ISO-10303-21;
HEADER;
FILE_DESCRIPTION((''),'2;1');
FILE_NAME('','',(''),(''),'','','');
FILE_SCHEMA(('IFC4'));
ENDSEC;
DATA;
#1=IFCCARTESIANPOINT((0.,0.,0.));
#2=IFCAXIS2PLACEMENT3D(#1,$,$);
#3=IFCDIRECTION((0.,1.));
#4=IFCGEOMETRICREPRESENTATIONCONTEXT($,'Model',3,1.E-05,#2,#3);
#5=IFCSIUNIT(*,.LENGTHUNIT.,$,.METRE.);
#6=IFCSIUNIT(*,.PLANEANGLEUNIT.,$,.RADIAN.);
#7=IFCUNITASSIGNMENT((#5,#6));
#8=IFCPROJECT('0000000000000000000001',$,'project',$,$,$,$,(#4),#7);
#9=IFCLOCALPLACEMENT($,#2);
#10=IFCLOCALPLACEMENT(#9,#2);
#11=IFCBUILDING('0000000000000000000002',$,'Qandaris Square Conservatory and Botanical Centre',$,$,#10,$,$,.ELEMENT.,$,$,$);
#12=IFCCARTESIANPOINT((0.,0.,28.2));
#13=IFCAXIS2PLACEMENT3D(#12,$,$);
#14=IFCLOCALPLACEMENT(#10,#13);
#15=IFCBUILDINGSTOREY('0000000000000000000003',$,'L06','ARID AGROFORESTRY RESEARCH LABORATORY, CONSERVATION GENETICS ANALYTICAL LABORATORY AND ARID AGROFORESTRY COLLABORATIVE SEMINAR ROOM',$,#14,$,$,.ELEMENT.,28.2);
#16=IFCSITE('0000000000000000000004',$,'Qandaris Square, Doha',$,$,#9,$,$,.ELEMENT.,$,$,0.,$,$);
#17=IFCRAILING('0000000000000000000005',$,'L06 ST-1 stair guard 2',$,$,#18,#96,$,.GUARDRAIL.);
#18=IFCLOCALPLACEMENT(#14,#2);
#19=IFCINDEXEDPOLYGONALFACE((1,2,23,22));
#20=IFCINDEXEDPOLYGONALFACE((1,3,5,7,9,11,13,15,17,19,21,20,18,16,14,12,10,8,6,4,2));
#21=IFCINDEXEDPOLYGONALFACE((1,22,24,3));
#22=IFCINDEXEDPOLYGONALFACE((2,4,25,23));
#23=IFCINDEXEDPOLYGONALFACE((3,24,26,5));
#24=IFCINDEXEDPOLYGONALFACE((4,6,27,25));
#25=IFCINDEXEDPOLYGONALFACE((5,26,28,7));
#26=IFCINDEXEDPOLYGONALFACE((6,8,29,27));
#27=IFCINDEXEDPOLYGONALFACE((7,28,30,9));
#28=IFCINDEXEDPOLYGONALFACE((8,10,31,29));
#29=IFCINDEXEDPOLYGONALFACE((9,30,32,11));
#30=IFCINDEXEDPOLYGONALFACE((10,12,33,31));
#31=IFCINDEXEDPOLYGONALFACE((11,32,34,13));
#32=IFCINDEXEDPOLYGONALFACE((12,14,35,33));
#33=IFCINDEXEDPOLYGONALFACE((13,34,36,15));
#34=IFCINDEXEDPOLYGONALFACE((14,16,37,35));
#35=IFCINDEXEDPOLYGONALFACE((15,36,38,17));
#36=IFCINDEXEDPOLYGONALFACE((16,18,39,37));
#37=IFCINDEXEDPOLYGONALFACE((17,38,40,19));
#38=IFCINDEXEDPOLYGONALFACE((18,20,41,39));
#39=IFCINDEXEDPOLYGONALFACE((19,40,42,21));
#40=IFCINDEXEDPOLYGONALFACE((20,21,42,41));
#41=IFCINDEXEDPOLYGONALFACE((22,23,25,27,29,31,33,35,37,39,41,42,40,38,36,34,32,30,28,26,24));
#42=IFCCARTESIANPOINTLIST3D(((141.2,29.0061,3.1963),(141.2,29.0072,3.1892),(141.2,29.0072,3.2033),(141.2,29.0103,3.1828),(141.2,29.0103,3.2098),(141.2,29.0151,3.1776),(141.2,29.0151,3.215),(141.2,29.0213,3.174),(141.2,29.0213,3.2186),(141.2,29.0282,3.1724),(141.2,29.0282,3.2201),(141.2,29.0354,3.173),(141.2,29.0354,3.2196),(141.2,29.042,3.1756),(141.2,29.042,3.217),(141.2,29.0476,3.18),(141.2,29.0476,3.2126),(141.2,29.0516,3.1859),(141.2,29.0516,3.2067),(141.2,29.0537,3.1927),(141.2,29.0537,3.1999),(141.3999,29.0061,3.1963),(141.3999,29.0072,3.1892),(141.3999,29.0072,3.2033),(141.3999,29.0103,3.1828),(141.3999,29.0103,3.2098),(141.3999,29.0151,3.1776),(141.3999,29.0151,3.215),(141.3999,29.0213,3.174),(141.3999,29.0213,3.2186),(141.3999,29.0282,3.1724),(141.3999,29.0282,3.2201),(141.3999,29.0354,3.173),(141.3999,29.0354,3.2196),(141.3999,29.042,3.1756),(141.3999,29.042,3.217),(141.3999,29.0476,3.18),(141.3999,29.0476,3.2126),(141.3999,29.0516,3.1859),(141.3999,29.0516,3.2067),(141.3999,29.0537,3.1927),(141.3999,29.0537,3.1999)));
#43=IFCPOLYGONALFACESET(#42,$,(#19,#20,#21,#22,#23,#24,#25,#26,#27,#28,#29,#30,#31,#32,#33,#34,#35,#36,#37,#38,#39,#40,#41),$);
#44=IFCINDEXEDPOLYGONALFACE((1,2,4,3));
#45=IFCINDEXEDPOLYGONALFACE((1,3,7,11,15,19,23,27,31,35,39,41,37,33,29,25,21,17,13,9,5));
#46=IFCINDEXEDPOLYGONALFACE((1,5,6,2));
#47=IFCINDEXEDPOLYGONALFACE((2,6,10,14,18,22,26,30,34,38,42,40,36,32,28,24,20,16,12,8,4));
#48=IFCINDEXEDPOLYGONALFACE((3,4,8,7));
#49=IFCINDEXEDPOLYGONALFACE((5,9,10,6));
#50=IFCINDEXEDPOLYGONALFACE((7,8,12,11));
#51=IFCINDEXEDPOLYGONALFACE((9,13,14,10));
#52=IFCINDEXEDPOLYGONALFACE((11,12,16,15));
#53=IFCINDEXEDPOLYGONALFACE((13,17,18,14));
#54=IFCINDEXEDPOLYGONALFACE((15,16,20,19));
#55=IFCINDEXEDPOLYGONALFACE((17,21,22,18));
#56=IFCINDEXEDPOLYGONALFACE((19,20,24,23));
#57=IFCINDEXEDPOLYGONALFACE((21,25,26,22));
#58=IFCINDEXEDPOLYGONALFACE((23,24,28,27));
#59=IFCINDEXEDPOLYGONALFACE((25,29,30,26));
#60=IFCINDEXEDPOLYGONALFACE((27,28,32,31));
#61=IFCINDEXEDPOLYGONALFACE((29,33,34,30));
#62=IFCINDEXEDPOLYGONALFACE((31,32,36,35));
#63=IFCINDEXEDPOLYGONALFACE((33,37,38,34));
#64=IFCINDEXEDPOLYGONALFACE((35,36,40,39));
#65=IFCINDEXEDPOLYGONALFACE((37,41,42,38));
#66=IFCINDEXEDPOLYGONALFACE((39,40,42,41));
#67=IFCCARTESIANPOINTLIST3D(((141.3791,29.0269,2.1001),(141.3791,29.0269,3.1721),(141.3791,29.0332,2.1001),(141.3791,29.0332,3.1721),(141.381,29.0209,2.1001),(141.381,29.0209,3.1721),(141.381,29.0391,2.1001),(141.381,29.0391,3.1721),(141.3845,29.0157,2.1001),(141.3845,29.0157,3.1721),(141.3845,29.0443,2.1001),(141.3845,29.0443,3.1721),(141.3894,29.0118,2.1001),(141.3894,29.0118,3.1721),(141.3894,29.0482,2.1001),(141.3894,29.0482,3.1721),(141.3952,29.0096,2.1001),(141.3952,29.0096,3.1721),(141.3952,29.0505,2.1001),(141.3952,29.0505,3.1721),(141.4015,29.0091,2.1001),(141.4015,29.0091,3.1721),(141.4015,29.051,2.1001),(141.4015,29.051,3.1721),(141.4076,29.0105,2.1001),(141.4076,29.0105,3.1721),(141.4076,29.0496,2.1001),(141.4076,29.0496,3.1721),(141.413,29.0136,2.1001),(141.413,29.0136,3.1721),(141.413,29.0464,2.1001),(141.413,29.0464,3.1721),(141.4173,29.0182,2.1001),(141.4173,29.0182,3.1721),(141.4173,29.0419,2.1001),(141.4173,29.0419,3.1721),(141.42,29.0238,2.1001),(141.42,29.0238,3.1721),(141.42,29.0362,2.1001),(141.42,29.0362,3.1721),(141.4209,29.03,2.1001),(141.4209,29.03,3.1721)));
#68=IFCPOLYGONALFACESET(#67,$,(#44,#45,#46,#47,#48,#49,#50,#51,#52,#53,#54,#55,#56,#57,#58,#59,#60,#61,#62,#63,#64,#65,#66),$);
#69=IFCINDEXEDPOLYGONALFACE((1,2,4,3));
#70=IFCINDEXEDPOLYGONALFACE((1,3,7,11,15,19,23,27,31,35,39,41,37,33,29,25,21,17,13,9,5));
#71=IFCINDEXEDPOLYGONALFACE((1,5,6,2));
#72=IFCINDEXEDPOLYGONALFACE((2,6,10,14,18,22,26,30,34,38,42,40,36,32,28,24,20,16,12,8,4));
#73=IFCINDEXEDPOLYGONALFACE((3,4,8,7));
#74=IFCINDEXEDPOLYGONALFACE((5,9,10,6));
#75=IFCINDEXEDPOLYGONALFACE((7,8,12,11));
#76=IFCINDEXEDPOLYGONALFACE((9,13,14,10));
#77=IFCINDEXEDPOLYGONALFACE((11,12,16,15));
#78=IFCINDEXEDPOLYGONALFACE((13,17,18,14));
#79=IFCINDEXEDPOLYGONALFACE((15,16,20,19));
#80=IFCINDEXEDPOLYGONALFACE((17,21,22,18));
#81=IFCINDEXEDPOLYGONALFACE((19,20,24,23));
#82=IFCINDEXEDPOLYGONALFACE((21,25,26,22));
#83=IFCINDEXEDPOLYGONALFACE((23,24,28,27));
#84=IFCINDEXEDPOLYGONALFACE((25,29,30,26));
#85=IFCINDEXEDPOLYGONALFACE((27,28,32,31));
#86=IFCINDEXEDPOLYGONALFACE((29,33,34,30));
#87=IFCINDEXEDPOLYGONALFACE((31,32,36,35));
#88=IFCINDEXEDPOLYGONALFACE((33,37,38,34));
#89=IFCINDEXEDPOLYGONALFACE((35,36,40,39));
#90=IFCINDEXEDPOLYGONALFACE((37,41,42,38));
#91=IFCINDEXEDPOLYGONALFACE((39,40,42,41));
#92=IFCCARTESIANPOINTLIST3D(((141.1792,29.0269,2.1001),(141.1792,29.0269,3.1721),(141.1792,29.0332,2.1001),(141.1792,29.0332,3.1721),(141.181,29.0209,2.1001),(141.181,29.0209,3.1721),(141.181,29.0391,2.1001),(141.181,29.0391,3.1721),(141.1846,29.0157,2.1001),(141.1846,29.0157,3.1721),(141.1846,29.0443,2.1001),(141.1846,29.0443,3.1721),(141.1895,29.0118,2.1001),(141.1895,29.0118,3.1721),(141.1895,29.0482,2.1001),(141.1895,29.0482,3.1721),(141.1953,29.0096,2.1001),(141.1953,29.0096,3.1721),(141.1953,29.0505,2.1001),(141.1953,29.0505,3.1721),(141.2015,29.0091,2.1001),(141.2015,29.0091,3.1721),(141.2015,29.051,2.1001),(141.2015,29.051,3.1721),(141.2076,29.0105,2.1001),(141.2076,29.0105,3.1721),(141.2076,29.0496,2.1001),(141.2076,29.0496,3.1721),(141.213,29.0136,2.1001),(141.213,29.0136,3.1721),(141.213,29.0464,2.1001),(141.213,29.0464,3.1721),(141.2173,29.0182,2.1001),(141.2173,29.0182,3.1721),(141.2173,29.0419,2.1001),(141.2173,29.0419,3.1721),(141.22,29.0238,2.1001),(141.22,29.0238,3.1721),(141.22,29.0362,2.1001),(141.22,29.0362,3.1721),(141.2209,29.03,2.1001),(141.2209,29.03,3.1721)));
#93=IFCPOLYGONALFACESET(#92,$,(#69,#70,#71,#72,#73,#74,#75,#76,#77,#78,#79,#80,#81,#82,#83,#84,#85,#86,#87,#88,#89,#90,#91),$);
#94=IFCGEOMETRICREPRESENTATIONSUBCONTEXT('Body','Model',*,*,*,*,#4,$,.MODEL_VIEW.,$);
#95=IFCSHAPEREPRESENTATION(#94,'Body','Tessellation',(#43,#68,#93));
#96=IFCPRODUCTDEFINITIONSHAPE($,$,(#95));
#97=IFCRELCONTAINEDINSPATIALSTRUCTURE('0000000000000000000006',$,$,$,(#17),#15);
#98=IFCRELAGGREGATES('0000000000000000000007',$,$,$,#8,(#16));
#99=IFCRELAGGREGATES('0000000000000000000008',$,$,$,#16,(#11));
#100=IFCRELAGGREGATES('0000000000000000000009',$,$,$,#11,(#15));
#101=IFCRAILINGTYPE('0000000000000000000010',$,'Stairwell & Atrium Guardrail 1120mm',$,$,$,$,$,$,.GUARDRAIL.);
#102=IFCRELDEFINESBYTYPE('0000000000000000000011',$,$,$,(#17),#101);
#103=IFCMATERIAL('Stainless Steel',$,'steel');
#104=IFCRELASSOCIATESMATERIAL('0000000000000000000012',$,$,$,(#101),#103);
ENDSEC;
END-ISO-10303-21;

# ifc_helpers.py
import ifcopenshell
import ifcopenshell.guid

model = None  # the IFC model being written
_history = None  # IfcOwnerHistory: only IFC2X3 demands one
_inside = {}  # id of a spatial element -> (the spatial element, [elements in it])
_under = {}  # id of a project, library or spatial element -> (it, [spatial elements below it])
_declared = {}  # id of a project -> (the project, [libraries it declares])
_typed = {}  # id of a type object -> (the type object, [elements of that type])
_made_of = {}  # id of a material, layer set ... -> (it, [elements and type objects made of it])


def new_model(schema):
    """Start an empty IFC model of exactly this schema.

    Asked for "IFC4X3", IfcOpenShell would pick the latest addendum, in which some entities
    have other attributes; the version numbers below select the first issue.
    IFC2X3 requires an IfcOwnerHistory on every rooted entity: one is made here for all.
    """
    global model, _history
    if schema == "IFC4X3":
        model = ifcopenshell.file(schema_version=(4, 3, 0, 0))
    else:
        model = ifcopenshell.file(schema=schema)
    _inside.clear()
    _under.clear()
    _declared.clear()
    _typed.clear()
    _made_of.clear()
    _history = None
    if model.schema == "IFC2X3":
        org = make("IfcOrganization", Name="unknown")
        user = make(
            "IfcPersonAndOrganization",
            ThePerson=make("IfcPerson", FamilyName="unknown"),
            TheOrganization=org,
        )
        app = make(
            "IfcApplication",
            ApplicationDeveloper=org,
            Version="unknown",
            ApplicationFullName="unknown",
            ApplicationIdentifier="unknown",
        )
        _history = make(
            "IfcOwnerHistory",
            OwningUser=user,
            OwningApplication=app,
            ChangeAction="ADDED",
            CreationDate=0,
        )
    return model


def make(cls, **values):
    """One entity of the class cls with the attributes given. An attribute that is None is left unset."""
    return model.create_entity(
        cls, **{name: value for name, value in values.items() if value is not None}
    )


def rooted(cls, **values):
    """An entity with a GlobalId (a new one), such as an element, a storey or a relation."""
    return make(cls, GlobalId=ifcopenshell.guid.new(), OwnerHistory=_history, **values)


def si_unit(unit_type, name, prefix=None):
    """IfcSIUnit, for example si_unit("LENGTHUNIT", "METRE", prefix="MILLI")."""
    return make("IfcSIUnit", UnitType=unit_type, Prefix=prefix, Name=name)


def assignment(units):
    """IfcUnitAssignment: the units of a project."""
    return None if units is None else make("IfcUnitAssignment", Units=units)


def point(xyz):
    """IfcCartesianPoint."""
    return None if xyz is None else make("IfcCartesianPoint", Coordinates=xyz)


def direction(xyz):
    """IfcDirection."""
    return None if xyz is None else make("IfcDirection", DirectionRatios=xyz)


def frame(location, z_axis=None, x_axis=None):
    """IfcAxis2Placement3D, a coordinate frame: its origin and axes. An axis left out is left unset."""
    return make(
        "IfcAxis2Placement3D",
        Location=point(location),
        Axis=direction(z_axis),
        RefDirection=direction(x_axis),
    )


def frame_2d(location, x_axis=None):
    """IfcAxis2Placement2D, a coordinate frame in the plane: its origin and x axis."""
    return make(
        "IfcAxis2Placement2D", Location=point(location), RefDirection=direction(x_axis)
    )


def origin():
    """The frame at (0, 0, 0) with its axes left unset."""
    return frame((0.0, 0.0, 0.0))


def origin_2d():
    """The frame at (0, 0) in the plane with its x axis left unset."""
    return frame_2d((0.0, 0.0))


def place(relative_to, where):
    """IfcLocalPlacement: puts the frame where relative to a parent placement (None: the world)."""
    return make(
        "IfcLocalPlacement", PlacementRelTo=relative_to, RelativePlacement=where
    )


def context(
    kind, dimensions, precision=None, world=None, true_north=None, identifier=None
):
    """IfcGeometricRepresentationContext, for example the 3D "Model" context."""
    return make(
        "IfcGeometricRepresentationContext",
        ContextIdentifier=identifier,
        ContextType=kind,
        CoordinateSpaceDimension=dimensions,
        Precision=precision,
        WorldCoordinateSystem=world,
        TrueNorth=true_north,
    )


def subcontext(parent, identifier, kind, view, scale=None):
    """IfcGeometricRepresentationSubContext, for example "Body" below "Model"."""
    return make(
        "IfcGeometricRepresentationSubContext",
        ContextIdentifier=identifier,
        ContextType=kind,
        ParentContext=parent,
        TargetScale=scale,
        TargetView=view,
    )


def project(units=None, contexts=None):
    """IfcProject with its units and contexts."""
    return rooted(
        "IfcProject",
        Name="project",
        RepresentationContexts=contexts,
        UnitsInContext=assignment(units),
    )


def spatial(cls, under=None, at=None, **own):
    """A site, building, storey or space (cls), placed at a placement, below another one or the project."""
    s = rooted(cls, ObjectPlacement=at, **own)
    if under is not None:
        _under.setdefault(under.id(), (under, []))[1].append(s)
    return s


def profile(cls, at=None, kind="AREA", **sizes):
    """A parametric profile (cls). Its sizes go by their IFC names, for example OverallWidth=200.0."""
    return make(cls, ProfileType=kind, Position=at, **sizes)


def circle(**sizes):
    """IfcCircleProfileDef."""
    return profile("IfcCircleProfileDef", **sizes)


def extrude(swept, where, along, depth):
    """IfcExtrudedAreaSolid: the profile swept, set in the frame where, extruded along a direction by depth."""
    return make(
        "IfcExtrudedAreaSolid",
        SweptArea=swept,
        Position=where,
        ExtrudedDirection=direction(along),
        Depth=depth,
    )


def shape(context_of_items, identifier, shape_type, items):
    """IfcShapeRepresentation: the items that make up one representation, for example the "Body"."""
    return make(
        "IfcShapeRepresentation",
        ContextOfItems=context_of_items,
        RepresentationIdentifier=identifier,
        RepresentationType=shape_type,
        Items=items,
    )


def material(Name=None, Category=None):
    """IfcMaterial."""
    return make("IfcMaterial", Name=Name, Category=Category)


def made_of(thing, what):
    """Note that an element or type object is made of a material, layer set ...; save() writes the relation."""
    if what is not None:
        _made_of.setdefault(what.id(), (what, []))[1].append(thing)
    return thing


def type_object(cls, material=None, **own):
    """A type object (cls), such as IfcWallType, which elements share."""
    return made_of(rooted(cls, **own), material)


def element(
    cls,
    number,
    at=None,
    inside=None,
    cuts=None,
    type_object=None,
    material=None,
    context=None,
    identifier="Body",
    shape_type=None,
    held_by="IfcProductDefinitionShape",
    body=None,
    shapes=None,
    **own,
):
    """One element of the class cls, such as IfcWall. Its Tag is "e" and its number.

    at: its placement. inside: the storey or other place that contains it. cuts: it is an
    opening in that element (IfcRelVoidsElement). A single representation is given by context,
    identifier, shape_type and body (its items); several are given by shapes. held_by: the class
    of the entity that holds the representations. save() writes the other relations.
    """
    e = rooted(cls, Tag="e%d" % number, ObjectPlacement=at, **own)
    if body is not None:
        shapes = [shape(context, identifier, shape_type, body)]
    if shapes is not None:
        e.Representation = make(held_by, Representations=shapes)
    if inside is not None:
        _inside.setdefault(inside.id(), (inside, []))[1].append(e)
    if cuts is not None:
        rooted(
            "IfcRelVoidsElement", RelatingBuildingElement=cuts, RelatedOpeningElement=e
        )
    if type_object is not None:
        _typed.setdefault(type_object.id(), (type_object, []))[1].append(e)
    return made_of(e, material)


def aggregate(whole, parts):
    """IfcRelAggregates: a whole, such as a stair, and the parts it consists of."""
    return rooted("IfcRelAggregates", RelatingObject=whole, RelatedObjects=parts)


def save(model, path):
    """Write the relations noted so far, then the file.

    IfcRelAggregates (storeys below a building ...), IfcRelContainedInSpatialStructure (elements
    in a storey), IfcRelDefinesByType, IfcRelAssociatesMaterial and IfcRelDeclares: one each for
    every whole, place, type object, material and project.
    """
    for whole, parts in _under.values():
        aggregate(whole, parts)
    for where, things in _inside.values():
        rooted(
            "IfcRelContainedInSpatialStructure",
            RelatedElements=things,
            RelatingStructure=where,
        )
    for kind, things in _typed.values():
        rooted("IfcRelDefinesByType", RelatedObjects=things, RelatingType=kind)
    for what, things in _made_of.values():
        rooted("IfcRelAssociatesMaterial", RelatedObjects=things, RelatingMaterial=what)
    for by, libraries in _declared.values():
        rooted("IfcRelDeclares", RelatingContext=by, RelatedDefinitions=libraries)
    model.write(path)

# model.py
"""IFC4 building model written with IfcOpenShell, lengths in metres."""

from ifc_helpers import new_model, si_unit, direction, frame, origin, origin_2d, place, context, subcontext, project, spatial, circle, extrude, material, type_object, element, save


model = new_model("IFC4")

# Units and contexts
model_context = context("Model", 3, precision=1e-05, world=origin(), true_north=direction((0.0, 1.0)))
body_context = subcontext(model_context, "Body", "Model", "MODEL_VIEW")
ifc_project = project(units=[si_unit("LENGTHUNIT", "METRE"), si_unit("PLANEANGLEUNIT", "RADIAN")], contexts=[model_context])

# Site, building, storey
site_placement = place(None, origin())
site = spatial("IfcSite", under=ifc_project, at=site_placement, Name="Qandaris Square, Doha", CompositionType="ELEMENT", RefElevation=0.0)
building_placement = place(site_placement, origin())
building = spatial("IfcBuilding", under=site, at=building_placement, Name="Qandaris Square Conservatory and Botanical Centre", CompositionType="ELEMENT")
storey_placement = place(building_placement, frame((0.0, 0.0, 28.2)))
storey = spatial("IfcBuildingStorey", under=building, at=storey_placement, Name="L06", Description="ARID AGROFORESTRY RESEARCH LABORATORY, CONSERVATION GENETICS ANALYTICAL LABORATORY AND ARID AGROFORESTRY COLLABORATIVE SEMINAR ROOM", CompositionType="ELEMENT", Elevation=28.2)

# Railing
ifc_material_1 = material(Name="Stainless Steel", Category="steel")
railing_type_1 = type_object("IfcRailingType", Name="Stairwell & Atrium Guardrail 1120mm", PredefinedType="GUARDRAIL", material=ifc_material_1)
railing_1_placement = place(storey_placement, frame((141.3999, 29.03, 2.1001)))
element("IfcRailing", 1, at=railing_1_placement, inside=storey, type_object=railing_type_1, Name="L06 ST-1 stair guard 2", PredefinedType="GUARDRAIL", context=body_context, shape_type="SweptSolid", body=[
    extrude(circle(Radius=0.0239, at=origin_2d()), frame((0.0, 0.0, 1.0962), z_axis=(-1.0, 0.0, 0.0), x_axis=(0.0, -1.0, 0.0)), (0.0, 0.0, 1.0), 0.2),
    extrude(circle(Radius=0.021, at=origin_2d()), origin(), (0.0, 0.0, 1.0), 1.072),
    extrude(circle(Radius=0.021, at=origin_2d()), frame((-0.2, 0.0, 0.0)), (0.0, 0.0, 1.0), 1.072),
])

save(model, "model.ifc")
